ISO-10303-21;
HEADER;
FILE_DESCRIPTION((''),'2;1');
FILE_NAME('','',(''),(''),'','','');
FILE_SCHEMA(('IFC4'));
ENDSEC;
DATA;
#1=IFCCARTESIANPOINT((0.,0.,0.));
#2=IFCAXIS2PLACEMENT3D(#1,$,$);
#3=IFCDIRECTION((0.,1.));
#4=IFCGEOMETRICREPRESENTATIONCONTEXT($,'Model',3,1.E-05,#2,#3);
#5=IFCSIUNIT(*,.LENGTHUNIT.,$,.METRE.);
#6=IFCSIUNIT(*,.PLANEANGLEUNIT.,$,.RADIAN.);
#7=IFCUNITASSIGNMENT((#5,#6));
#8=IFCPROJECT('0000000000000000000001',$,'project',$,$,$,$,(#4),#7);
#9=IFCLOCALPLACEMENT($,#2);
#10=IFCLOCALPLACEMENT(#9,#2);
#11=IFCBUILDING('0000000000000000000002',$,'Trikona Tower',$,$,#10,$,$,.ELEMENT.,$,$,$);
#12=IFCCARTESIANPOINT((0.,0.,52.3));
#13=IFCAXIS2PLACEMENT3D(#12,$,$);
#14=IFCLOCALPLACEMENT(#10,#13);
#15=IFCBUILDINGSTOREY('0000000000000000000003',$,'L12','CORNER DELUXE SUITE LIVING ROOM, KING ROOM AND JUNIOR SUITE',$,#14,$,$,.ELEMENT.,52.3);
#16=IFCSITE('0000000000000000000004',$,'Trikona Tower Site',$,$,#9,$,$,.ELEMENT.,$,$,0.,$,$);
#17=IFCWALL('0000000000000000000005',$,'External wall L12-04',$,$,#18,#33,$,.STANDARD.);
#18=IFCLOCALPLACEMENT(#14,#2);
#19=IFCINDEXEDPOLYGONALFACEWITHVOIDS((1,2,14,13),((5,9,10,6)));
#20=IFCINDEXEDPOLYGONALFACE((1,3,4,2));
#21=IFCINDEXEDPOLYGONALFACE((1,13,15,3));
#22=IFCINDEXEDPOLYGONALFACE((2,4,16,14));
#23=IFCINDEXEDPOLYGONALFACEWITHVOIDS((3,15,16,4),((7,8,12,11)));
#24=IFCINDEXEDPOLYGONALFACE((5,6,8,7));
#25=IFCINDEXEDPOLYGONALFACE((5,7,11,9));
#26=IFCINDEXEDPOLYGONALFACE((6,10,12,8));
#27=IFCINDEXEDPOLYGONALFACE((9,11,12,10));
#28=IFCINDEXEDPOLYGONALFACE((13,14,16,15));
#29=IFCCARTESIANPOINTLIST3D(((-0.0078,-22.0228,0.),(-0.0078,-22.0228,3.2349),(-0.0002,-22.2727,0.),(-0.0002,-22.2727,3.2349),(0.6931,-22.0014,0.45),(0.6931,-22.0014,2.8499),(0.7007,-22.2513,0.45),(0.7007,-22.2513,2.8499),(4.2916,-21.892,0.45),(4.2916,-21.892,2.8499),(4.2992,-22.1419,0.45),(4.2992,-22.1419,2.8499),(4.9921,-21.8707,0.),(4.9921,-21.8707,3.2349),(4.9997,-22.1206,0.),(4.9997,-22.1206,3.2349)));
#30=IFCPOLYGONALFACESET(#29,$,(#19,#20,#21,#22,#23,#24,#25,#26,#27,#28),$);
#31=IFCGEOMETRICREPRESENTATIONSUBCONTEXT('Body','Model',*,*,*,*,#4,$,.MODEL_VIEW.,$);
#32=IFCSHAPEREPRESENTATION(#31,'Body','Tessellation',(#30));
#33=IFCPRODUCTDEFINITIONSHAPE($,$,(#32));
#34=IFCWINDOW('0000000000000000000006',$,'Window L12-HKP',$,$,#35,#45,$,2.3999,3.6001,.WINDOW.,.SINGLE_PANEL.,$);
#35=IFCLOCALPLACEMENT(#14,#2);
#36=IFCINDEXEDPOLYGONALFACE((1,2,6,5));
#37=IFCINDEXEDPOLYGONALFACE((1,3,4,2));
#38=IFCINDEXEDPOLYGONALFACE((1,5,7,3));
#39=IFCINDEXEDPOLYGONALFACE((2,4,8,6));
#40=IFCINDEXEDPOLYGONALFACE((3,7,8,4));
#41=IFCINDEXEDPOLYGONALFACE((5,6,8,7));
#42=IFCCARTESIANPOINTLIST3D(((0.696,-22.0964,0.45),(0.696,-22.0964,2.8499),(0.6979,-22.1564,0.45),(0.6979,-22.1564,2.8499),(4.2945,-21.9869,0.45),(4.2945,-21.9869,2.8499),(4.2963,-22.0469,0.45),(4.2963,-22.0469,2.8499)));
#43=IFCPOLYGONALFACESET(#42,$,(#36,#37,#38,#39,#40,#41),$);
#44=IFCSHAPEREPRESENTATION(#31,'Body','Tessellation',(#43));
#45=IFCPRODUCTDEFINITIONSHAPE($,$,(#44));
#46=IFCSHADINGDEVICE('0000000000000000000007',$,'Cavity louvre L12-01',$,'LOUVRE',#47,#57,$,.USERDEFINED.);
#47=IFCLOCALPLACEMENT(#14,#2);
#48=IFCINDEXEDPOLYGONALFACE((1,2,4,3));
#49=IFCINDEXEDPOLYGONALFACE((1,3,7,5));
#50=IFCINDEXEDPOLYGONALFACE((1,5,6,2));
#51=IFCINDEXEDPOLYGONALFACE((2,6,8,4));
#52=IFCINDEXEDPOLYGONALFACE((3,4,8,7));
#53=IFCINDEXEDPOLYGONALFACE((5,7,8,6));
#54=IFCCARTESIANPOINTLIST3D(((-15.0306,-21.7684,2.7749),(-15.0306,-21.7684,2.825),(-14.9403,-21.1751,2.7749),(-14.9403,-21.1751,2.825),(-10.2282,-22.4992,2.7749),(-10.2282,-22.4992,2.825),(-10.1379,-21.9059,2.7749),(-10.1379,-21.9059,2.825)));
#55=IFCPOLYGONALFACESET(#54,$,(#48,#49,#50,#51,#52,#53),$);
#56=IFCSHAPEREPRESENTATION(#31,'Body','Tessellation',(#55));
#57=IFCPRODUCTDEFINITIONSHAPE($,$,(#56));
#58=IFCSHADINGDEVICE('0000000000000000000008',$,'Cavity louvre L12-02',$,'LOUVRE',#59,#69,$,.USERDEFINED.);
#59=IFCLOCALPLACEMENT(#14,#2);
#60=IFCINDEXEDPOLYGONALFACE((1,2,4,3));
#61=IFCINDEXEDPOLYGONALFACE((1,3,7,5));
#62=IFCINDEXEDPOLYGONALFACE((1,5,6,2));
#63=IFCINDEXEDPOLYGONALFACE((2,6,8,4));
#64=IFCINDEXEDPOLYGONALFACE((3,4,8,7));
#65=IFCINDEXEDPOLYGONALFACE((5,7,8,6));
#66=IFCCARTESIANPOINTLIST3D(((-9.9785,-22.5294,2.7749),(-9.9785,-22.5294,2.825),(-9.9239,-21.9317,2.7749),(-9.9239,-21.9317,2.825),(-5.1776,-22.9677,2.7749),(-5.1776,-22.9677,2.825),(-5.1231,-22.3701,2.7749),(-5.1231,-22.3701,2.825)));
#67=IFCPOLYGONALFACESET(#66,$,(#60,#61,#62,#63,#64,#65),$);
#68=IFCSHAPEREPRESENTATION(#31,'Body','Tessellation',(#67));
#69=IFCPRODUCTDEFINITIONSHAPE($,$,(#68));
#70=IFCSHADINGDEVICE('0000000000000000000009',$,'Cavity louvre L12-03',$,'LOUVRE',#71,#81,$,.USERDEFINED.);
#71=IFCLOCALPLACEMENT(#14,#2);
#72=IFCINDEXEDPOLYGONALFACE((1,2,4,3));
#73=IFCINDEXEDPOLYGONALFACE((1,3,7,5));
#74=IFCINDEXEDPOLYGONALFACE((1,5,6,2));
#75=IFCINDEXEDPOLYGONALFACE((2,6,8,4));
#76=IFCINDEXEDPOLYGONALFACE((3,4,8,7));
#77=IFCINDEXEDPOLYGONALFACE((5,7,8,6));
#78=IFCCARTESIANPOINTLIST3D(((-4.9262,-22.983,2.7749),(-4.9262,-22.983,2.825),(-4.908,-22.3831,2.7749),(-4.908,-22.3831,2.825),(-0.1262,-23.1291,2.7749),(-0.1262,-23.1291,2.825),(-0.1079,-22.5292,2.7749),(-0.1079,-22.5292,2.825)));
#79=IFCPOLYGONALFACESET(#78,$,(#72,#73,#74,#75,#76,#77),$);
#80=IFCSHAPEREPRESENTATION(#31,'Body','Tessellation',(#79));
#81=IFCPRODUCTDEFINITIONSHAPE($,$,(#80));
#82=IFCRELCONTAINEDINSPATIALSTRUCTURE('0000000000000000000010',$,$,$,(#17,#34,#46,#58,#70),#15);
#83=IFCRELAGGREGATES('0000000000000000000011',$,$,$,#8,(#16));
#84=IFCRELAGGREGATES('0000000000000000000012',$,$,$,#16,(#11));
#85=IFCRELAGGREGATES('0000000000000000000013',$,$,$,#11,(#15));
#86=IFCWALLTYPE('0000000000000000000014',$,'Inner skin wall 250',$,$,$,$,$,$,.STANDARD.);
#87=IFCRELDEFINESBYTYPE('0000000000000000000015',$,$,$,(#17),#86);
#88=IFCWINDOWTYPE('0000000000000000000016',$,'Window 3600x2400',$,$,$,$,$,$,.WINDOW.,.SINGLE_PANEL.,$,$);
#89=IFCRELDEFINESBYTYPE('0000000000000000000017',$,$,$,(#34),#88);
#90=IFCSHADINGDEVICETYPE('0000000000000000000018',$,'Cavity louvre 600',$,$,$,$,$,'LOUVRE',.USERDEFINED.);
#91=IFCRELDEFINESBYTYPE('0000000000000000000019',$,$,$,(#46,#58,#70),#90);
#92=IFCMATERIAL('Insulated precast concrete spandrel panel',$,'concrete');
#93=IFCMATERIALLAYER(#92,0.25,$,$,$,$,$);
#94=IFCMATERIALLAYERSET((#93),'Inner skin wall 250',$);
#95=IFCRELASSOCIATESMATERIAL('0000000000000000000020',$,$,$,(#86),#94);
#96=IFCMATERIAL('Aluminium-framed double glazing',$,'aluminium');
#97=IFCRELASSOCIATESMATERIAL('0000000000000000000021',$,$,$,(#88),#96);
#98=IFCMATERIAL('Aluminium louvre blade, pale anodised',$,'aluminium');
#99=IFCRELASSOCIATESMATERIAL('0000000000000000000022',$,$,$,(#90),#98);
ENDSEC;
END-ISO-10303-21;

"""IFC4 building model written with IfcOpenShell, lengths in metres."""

from ifc_helpers import new_model, si_unit, direction, frame, frame_2d, origin, origin_2d, place, context, subcontext, project, spatial, rectangle, extrude, material, layer, layer_set, type_object, element, fill, save


model = new_model("IFC4")

# Units and contexts
model_context = context("Model", 3, precision=1e-05, world=origin(), true_north=direction((0.0, 1.0)))
body_context = subcontext(model_context, "Body", "Model", "MODEL_VIEW")
ifc_project = project(units=[si_unit("LENGTHUNIT", "METRE"), si_unit("PLANEANGLEUNIT", "RADIAN")], contexts=[model_context])

# Site, building, storey
site_placement = place(None, origin())
site = spatial("IfcSite", under=ifc_project, at=site_placement, Name="Trikona Tower Site", CompositionType="ELEMENT", RefElevation=0.0)
building_placement = place(site_placement, origin())
building = spatial("IfcBuilding", under=site, at=building_placement, Name="Trikona Tower", CompositionType="ELEMENT")
storey_placement = place(building_placement, frame((0.0, 0.0, 52.3)))
storey = spatial("IfcBuildingStorey", under=building, at=storey_placement, Name="L12", Description="CORNER DELUXE SUITE LIVING ROOM, KING ROOM AND JUNIOR SUITE", CompositionType="ELEMENT", Elevation=52.3)

# Wall, opening, window
ifc_material_1 = material(Name="Insulated precast concrete spandrel panel", Category="concrete")
ifc_layer_1 = layer(ifc_material_1, 0.25)
ifc_layer_set_1 = layer_set([ifc_layer_1], Name="Inner skin wall 250")
wall_type = type_object("IfcWallType", Name="Inner skin wall 250", PredefinedType="STANDARD", material=ifc_layer_set_1)
ifc_material_2 = material(Name="Aluminium-framed double glazing", Category="aluminium")
window_type = type_object("IfcWindowType", Name="Window 3600x2400", PartitioningType="SINGLE_PANEL", PredefinedType="WINDOW", material=ifc_material_2)
wall_1_placement = place(storey_placement, frame((-0.0039, -22.1477, 0.0), z_axis=(0.0, 0.0, 1.0), x_axis=(0.999538, 0.030406, 0.0)))
wall_1 = element("IfcWall", 1, at=wall_1_placement, inside=storey, type_object=wall_type, Name="External wall L12-04", PredefinedType="STANDARD", context=body_context, shape_type="SweptSolid", body=[
    extrude(rectangle(XDim=5.0022, YDim=0.25, at=frame_2d((2.501, 0.0))), origin(), (0.0, 0.0, 1.0), 3.2349),
])
opening_1_placement = place(wall_1_placement, frame((0.7012, 0.0, 0.45)))
opening_1 = element("IfcOpeningElement", 2, at=opening_1_placement, cuts=wall_1, PredefinedType="OPENING", context=body_context, shape_type="SweptSolid", body=[
    extrude(rectangle(XDim=3.6001, YDim=2.3999, at=frame_2d((1.8, 1.2))), frame((0.0, 0.135, 0.0), z_axis=(0.0, -1.0, 0.0), x_axis=(1.0, 0.0, 0.0)), (0.0, 0.0, 1.0), 0.27),
])
window_1_placement = place(opening_1_placement, origin())
window_1 = element("IfcWindow", 3, at=window_1_placement, inside=storey, type_object=window_type, Name="Window L12-HKP", OverallHeight=2.3999, OverallWidth=3.6001, PartitioningType="SINGLE_PANEL", PredefinedType="WINDOW", context=body_context, shape_type="SweptSolid", body=[
    extrude(rectangle(XDim=3.6001, YDim=2.3999, at=frame_2d((1.8, 1.2))), frame((0.0, 0.03, 0.0), z_axis=(0.0, -1.0, 0.0), x_axis=(1.0, 0.0, 0.0)), (0.0, 0.0, 1.0), 0.0601),
])
fill(opening_1, window_1)

# Shading devices
ifc_material_3 = material(Name="Aluminium louvre blade, pale anodised", Category="aluminium")
shading_device_type = type_object("IfcShadingDeviceType", Name="Cavity louvre 600", ElementType="LOUVRE", PredefinedType="USERDEFINED", material=ifc_material_3)
shading_device_1_placement = place(storey_placement, frame((-12.5842, -21.8372, 2.7749), z_axis=(0.0, 0.0, 1.0), x_axis=(0.988618, -0.150448, 0.0)))
element("IfcShadingDevice", 4, at=shading_device_1_placement, inside=storey, type_object=shading_device_type, Name="Cavity louvre L12-01", ObjectType="LOUVRE", PredefinedType="USERDEFINED", context=body_context, shape_type="SweptSolid", body=[
    extrude(rectangle(XDim=4.8577, YDim=0.6001, at=origin_2d()), origin(), (0.0, 0.0, 1.0), 0.05),
])
shading_device_2_placement = place(storey_placement, frame((-7.5508, -22.4497, 2.7749), z_axis=(0.0, 0.0, 1.0), x_axis=(0.995858, -0.090921, 0.0)))
element("IfcShadingDevice", 5, at=shading_device_2_placement, inside=storey, type_object=shading_device_type, Name="Cavity louvre L12-02", ObjectType="LOUVRE", PredefinedType="USERDEFINED", context=body_context, shape_type="SweptSolid", body=[
    extrude(rectangle(XDim=4.8208, YDim=0.6001, at=origin_2d()), origin(), (0.0, 0.0, 1.0), 0.05),
])
shading_device_3_placement = place(storey_placement, frame((-2.5171, -22.7561, 2.7749), z_axis=(0.0, 0.0, 1.0), x_axis=(0.999537, -0.030425, 0.0)))
element("IfcShadingDevice", 6, at=shading_device_3_placement, inside=storey, type_object=shading_device_type, Name="Cavity louvre L12-03", ObjectType="LOUVRE", PredefinedType="USERDEFINED", context=body_context, shape_type="SweptSolid", body=[
    extrude(rectangle(XDim=4.8022, YDim=0.6001, at=origin_2d()), origin(), (0.0, 0.0, 1.0), 0.05),
])

save(model, "model.ifc")
